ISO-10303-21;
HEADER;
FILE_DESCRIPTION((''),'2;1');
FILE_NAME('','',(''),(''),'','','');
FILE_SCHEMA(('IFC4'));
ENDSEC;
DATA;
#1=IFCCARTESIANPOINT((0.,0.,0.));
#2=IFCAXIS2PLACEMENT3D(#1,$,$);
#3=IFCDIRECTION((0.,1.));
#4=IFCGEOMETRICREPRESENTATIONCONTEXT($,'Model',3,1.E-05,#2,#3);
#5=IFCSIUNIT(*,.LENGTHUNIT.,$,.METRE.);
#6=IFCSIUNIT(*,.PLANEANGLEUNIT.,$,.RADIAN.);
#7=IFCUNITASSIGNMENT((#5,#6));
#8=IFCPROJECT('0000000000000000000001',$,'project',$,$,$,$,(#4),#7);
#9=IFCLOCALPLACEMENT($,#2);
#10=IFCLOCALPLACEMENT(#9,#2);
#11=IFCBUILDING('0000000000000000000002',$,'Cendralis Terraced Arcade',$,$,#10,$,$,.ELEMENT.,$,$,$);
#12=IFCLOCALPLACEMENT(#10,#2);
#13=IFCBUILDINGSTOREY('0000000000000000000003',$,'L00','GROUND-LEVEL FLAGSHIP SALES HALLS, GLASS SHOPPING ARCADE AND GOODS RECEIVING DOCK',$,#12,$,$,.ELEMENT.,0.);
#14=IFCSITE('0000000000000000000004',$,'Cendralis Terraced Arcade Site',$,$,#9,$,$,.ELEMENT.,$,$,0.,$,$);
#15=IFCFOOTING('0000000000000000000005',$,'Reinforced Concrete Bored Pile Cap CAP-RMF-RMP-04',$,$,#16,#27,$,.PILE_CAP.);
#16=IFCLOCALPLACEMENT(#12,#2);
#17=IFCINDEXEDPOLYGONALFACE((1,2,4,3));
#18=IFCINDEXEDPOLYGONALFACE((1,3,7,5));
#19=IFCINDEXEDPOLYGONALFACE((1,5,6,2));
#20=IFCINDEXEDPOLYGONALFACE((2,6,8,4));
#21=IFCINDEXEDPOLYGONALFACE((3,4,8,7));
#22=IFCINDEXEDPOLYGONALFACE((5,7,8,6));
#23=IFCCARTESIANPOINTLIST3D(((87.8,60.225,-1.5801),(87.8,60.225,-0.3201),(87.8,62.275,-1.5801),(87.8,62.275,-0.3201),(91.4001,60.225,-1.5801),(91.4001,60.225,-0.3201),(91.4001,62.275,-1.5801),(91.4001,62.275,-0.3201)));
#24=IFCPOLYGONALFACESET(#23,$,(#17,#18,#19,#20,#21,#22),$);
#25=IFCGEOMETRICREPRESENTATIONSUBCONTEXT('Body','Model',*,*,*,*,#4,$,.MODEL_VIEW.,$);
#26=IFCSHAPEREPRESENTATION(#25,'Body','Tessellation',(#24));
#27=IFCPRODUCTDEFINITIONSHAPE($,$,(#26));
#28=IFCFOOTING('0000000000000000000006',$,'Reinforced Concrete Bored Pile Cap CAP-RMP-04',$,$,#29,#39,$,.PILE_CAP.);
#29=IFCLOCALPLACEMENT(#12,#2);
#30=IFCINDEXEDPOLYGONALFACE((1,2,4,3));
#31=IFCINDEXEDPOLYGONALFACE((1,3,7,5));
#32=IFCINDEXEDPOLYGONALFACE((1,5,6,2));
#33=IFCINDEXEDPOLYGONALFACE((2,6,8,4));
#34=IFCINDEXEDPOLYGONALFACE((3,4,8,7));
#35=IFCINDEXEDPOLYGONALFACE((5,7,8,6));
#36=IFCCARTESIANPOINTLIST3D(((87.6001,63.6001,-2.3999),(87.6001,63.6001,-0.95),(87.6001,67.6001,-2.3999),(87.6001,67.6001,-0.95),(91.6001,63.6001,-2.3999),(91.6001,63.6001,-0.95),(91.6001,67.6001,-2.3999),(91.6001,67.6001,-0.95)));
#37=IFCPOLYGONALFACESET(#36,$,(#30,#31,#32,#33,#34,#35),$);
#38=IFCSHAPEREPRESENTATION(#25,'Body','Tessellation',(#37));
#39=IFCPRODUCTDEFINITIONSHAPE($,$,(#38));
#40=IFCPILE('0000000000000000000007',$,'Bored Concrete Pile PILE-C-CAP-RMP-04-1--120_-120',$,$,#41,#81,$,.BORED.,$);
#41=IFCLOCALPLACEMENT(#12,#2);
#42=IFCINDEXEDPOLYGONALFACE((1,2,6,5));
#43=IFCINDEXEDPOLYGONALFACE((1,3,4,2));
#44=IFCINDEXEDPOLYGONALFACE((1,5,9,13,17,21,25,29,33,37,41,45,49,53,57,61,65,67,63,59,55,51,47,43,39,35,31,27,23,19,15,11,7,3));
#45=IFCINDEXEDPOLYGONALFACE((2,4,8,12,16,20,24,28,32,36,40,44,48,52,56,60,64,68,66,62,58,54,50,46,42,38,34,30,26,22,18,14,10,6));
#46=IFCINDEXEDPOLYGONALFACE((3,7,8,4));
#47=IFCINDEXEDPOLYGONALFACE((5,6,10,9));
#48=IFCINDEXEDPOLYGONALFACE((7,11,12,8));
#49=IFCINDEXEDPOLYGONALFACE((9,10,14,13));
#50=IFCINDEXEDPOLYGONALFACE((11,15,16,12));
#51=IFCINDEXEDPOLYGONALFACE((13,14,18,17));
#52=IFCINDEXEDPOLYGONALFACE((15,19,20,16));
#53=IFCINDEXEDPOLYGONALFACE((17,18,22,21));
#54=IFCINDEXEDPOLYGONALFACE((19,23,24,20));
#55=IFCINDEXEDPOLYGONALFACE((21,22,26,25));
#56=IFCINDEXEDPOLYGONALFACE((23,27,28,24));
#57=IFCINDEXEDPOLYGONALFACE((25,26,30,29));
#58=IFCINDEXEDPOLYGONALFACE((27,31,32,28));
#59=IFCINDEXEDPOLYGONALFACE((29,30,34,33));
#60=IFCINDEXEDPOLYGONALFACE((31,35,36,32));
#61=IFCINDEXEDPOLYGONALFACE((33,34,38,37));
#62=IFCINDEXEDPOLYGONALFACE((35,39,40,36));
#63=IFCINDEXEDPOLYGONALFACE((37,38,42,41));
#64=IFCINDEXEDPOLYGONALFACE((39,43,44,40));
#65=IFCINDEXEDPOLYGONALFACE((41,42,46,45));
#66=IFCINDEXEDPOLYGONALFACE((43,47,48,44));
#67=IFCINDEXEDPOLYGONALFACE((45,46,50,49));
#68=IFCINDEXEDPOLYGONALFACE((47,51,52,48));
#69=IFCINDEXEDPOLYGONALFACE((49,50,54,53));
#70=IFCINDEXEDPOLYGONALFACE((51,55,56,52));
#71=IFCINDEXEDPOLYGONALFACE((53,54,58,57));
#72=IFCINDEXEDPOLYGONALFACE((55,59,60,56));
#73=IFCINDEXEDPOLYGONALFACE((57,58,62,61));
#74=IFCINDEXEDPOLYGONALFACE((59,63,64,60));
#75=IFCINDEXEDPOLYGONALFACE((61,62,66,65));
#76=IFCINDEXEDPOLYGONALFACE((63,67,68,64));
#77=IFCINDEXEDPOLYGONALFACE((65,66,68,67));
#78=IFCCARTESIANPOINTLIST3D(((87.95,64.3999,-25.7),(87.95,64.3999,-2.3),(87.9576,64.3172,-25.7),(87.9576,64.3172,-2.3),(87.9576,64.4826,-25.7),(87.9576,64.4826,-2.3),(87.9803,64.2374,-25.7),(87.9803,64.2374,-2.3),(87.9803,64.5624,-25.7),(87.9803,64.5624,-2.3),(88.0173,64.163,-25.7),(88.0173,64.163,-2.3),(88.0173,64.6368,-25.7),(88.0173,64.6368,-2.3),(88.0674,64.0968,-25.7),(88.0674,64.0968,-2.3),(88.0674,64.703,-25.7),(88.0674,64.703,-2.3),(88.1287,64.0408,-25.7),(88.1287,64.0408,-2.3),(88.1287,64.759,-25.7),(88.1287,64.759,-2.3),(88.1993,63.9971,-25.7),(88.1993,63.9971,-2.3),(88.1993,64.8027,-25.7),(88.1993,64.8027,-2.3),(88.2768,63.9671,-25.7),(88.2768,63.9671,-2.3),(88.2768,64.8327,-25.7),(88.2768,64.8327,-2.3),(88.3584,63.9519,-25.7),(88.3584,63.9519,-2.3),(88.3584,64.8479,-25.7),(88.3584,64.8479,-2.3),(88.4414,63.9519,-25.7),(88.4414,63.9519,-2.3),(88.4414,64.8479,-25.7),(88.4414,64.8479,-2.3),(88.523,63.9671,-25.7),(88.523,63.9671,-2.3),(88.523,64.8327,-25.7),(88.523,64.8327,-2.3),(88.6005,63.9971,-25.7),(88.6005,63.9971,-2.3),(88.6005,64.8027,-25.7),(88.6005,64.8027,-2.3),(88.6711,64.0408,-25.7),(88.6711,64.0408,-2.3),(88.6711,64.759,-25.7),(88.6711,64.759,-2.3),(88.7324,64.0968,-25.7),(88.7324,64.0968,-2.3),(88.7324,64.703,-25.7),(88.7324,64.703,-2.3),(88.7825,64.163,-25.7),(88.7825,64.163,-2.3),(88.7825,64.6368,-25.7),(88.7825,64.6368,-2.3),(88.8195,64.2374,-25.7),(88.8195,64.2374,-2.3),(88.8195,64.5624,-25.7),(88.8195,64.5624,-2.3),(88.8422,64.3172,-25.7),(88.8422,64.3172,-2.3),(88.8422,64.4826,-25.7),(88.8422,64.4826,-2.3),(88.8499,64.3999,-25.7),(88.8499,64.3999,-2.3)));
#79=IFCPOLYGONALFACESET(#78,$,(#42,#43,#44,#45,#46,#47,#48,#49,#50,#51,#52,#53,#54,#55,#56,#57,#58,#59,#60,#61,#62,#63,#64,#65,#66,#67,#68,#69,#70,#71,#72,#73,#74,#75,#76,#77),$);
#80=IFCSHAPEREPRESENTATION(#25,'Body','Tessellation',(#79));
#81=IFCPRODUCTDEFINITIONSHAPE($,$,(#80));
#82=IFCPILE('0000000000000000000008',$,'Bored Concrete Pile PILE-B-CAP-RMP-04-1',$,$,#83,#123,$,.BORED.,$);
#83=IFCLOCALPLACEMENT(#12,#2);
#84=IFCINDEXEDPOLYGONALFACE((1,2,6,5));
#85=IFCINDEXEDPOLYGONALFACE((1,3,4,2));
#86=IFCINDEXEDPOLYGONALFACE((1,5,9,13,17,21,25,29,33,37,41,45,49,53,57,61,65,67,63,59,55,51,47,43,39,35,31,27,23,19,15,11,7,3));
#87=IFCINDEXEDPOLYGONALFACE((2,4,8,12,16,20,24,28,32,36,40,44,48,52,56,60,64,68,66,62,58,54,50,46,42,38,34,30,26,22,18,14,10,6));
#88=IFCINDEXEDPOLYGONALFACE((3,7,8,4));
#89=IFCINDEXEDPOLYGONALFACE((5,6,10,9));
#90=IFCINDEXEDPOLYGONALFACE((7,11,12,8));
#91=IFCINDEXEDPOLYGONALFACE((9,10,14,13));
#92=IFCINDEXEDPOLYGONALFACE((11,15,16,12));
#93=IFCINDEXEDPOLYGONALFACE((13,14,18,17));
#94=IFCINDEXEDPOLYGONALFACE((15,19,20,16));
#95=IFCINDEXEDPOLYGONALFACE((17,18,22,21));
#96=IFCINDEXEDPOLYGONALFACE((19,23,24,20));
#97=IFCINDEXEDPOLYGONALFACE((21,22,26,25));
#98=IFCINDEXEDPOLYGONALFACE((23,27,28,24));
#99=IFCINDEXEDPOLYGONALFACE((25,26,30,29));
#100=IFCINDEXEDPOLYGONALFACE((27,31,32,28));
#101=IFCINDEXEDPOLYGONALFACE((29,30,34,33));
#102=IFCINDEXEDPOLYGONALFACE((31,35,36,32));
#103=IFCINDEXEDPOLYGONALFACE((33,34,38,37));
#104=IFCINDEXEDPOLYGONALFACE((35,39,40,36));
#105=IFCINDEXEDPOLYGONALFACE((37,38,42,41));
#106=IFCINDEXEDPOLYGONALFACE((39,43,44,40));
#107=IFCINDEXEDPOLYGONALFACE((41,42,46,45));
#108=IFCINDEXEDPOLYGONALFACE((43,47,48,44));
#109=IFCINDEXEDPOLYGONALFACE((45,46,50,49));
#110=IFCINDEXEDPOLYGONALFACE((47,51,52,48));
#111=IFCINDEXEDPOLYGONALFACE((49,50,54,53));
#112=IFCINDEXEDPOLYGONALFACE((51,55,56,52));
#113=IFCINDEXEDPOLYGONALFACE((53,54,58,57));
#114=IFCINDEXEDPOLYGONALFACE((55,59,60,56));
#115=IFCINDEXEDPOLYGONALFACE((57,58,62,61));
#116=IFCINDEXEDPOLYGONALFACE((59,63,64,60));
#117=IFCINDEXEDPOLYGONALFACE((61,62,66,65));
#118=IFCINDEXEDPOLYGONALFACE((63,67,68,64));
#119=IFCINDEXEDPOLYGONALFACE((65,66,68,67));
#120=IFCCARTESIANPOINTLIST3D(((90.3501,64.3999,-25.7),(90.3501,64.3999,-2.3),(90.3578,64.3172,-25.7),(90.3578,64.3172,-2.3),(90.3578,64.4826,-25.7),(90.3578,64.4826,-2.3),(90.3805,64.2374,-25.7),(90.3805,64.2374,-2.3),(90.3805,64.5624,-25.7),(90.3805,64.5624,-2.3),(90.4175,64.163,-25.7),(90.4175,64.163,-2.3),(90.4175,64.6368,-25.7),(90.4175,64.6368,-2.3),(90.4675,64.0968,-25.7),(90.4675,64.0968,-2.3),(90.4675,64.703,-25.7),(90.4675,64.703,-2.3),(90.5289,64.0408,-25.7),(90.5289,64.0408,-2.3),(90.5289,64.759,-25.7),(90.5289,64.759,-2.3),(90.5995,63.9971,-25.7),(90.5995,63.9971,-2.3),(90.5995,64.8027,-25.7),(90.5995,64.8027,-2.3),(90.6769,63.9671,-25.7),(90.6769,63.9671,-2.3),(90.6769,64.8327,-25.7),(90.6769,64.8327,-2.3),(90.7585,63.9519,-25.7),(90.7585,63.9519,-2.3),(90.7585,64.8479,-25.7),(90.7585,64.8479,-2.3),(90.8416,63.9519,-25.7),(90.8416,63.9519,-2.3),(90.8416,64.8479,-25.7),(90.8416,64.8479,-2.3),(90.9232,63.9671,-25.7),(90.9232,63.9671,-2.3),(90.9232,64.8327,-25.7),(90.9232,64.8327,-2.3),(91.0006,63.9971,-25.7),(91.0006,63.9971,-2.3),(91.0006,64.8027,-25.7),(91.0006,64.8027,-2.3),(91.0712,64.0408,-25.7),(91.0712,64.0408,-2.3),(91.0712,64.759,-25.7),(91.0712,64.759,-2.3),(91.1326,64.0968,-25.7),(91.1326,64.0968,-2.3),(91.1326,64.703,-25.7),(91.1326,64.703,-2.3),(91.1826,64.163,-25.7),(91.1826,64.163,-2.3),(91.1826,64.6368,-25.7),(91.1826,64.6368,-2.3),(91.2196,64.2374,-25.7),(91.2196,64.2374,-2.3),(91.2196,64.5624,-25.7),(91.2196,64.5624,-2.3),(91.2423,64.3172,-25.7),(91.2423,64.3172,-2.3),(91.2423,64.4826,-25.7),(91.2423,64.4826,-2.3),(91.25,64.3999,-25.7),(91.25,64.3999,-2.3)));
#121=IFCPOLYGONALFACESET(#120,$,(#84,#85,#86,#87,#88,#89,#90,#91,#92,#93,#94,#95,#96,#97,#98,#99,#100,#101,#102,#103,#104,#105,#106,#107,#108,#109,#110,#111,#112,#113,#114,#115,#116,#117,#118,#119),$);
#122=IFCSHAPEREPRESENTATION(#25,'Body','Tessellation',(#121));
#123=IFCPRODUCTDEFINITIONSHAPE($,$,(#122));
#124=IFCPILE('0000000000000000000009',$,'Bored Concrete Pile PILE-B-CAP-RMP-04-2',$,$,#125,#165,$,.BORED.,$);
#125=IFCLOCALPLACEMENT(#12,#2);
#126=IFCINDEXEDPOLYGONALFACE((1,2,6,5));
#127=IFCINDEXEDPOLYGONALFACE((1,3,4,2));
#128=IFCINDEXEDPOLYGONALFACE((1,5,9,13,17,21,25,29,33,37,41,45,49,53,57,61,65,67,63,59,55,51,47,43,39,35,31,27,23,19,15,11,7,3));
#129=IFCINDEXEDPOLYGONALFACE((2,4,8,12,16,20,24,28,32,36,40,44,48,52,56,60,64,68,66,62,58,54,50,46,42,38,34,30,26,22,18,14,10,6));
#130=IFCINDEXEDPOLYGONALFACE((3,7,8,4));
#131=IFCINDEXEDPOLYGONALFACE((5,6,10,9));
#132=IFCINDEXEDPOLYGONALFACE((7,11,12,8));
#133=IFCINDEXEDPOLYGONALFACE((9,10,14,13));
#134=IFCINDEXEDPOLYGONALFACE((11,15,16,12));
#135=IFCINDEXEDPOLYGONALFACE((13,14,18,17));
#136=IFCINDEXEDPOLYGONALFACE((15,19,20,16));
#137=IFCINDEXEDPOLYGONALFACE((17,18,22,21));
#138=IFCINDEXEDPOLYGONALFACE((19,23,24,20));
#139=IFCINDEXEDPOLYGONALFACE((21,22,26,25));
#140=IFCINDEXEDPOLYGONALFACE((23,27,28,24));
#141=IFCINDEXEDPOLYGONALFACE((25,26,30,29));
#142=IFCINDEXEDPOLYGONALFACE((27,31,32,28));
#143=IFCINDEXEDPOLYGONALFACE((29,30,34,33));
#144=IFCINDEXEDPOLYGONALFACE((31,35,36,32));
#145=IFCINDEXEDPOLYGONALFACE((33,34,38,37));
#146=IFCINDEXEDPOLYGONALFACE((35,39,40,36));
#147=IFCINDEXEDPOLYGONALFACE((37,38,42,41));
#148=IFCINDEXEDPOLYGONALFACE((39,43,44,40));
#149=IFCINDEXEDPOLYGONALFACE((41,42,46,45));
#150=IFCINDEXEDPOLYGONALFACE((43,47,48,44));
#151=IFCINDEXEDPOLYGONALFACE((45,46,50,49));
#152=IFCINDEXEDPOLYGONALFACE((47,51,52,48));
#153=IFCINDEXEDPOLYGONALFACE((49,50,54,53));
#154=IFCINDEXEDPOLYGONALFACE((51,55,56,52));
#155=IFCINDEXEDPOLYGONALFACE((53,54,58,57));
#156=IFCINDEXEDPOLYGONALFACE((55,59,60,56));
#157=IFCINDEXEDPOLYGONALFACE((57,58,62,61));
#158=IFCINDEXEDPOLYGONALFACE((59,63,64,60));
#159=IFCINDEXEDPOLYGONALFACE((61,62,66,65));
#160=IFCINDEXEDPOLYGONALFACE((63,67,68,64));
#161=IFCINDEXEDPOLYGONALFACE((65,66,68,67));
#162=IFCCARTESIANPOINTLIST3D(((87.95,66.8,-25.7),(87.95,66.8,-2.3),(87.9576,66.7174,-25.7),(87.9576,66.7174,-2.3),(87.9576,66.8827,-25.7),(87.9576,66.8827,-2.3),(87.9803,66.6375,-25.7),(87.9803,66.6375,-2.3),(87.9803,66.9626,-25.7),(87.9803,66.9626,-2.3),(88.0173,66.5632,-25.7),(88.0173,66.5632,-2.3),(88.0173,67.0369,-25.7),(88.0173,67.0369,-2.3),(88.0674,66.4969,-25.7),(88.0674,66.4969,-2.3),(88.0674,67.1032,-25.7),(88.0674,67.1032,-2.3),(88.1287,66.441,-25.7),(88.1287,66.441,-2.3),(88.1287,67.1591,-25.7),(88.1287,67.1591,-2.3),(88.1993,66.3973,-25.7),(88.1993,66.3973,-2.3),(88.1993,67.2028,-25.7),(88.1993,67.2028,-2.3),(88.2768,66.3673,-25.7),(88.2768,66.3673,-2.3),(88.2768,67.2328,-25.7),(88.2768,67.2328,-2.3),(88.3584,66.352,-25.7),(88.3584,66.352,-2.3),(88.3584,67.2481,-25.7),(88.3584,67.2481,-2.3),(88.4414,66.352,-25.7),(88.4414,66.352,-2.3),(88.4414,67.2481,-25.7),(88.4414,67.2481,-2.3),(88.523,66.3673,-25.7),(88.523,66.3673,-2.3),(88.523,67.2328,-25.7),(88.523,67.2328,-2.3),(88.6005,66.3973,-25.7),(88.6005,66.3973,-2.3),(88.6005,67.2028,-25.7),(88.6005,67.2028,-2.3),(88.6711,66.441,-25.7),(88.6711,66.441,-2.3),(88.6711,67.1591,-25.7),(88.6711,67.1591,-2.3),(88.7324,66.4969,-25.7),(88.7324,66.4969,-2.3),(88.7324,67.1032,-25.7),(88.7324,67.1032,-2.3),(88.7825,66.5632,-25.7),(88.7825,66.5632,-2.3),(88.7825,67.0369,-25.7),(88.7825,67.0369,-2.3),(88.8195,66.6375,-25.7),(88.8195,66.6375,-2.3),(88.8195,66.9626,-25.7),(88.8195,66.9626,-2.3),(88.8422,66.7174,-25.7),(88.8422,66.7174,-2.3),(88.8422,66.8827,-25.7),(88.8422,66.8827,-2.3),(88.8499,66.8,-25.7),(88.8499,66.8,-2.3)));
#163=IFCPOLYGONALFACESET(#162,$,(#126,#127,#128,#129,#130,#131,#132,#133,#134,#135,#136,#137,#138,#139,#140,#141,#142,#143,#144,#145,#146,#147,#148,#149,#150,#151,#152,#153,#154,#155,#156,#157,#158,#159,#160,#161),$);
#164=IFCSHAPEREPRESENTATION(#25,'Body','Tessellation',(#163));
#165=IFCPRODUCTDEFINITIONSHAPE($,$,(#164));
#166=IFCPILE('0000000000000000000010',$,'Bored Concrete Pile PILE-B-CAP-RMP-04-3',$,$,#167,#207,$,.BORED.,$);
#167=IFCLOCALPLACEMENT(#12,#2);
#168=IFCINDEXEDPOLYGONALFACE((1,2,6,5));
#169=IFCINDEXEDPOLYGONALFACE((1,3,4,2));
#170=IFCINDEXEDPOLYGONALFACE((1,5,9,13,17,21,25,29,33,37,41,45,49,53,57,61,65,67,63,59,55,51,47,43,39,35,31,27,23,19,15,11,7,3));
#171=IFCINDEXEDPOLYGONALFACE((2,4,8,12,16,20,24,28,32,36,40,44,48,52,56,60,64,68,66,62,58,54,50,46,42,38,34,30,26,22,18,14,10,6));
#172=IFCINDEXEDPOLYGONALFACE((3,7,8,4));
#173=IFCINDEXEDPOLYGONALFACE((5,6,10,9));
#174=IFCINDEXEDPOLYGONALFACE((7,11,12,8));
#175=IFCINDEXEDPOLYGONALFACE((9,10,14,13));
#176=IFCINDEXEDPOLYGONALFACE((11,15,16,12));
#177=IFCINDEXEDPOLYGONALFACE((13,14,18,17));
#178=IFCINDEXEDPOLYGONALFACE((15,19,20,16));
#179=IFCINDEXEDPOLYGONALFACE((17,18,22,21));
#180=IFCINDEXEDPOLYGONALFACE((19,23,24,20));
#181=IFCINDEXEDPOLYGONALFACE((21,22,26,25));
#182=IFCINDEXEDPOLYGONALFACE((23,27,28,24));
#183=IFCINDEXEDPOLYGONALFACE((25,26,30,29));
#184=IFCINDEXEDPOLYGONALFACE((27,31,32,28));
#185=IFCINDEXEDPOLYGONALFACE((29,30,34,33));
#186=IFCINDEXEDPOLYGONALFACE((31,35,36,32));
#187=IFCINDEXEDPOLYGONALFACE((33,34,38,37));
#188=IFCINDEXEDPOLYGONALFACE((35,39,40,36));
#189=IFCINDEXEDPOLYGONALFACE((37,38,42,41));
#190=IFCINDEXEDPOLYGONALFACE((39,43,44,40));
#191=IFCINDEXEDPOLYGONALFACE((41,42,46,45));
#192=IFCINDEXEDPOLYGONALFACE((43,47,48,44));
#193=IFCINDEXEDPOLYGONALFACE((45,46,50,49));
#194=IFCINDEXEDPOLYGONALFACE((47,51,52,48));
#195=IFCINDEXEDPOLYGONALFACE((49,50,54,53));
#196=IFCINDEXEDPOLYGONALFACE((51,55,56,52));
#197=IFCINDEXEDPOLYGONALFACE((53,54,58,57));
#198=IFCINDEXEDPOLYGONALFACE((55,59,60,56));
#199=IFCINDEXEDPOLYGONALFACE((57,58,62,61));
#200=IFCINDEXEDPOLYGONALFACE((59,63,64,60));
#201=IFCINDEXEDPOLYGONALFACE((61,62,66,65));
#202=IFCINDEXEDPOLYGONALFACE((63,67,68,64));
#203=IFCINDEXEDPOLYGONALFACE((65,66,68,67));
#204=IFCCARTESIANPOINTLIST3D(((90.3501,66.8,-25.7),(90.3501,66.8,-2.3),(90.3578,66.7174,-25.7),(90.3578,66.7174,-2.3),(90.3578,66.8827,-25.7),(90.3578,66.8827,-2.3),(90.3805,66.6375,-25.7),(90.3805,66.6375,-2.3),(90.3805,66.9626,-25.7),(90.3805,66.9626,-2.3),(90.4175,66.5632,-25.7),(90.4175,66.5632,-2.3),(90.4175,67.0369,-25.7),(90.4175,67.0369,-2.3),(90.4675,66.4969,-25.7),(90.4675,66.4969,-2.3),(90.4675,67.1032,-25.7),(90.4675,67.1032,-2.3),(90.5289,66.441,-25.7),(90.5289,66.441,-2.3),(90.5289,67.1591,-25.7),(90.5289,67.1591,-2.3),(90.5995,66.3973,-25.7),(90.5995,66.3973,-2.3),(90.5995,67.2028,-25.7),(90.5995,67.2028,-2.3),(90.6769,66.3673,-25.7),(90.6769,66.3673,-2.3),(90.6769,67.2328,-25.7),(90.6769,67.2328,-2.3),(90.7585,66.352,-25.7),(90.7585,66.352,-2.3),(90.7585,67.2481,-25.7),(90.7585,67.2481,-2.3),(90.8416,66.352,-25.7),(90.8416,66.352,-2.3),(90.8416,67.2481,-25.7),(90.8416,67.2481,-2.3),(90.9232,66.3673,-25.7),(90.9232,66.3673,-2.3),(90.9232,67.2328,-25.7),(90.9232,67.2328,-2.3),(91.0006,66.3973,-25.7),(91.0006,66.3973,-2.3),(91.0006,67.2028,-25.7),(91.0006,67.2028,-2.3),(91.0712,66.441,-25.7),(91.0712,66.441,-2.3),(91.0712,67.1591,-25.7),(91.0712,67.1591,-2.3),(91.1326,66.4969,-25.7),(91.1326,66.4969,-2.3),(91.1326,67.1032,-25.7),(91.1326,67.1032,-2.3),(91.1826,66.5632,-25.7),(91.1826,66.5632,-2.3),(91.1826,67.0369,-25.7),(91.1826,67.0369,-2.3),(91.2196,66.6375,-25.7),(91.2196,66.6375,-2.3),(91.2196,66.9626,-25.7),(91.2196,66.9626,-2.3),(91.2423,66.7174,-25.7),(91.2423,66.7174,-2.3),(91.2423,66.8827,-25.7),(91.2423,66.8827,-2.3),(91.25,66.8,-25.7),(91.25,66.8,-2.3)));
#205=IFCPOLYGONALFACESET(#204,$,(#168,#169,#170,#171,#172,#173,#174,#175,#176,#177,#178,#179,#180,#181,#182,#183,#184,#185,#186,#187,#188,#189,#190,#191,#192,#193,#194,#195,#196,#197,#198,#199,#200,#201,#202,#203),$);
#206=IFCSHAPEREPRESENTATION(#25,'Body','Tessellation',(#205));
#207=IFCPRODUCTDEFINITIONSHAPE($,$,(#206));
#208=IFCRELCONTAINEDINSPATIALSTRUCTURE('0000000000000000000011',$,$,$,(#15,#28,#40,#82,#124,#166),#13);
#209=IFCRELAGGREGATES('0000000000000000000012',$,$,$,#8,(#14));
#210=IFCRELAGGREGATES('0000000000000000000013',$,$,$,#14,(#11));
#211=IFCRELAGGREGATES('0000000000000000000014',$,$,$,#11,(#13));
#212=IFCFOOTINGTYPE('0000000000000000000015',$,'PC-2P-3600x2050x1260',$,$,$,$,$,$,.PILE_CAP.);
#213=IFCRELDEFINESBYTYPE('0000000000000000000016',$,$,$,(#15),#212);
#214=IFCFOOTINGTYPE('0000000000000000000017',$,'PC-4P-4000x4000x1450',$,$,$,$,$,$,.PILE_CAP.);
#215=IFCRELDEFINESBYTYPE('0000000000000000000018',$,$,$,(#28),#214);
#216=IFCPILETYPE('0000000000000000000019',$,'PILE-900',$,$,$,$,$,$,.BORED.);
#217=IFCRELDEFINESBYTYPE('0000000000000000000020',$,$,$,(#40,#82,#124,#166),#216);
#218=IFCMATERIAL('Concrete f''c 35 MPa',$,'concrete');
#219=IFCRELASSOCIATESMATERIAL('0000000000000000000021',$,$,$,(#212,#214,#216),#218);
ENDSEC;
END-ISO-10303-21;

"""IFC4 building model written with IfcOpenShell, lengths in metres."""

from ifc_helpers import new_model, si_unit, direction, frame, origin, origin_2d, place, context, subcontext, project, spatial, rectangle, circle, extrude, material, material_profile, profile_set, type_object, element, save


model = new_model("IFC4")

# Units and contexts
model_context = context("Model", 3, precision=1e-05, world=origin(), true_north=direction((0.0, 1.0)))
body_context = subcontext(model_context, "Body", "Model", "MODEL_VIEW")
ifc_project = project(units=[si_unit("LENGTHUNIT", "METRE"), si_unit("PLANEANGLEUNIT", "RADIAN")], contexts=[model_context])

# Site, building, storey
site_placement = place(None, origin())
site = spatial("IfcSite", under=ifc_project, at=site_placement, Name="Cendralis Terraced Arcade Site", CompositionType="ELEMENT", RefElevation=0.0)
building_placement = place(site_placement, origin())
building = spatial("IfcBuilding", under=site, at=building_placement, Name="Cendralis Terraced Arcade", CompositionType="ELEMENT")
storey_placement = place(building_placement, origin())
storey = spatial("IfcBuildingStorey", under=building, at=storey_placement, Name="L00", Description="GROUND-LEVEL FLAGSHIP SALES HALLS, GLASS SHOPPING ARCADE AND GOODS RECEIVING DOCK", CompositionType="ELEMENT", Elevation=0.0)

# Footings
ifc_material_1 = material(Name="Concrete f'c 35 MPa", Category="concrete")
footing_type_1 = type_object("IfcFootingType", Name="PC-2P-3600x2050x1260", PredefinedType="PILE_CAP", material=ifc_material_1)
footing_1_placement = place(storey_placement, frame((89.6001, 61.25, -1.5801), z_axis=(0.0, 0.0, 1.0), x_axis=(1.0, 0.0, 0.0)))
element("IfcFooting", 1, at=footing_1_placement, inside=storey, type_object=footing_type_1, Name="Reinforced Concrete Bored Pile Cap CAP-RMF-RMP-04", PredefinedType="PILE_CAP", context=body_context, shape_type="SweptSolid", body=[
    extrude(rectangle(XDim=3.6001, YDim=2.05, at=origin_2d()), origin(), (0.0, 0.0, 1.0), 1.26),
])
footing_type_2 = type_object("IfcFootingType", Name="PC-4P-4000x4000x1450", PredefinedType="PILE_CAP", material=ifc_material_1)
footing_2_placement = place(storey_placement, frame((89.6001, 65.6001, -2.3999), z_axis=(0.0, 0.0, 1.0), x_axis=(1.0, 0.0, 0.0)))
element("IfcFooting", 2, at=footing_2_placement, inside=storey, type_object=footing_type_2, Name="Reinforced Concrete Bored Pile Cap CAP-RMP-04", PredefinedType="PILE_CAP", context=body_context, shape_type="SweptSolid", body=[
    extrude(rectangle(XDim=4.0, YDim=4.0, at=origin_2d()), origin(), (0.0, 0.0, 1.0), 1.45),
])

# Piles
ifc_material_profile_1 = material_profile(ifc_material_1, circle(Radius=0.45, at=origin_2d()), Name="PILE-D900", Category="LoadBearing")
ifc_profile_set_1 = profile_set([ifc_material_profile_1], Name="Concrete f'c 35 MPa")
pile_type = type_object("IfcPileType", Name="PILE-900", PredefinedType="BORED", material=ifc_profile_set_1)
for number, where, z_axis, x_axis, name in (
    (3, (88.3999, 64.3999, -2.3), (0.0, 0.0, -1.0), (1.0, 0.0, 0.0), "Bored Concrete Pile PILE-C-CAP-RMP-04-1--120_-120"),
    (4, (90.8, 64.3999, -2.3), (0.0, 0.0, -1.0), (1.0, 0.0, 0.0), "Bored Concrete Pile PILE-B-CAP-RMP-04-1"),
    (5, (88.3999, 66.8, -2.3), (0.0, 0.0, -1.0), (1.0, 0.0, 0.0), "Bored Concrete Pile PILE-B-CAP-RMP-04-2"),
    (6, (90.8, 66.8, -2.3), (0.0, 0.0, -1.0), (1.0, 0.0, 0.0), "Bored Concrete Pile PILE-B-CAP-RMP-04-3"),
):
    element("IfcPile", number, at=place(storey_placement, frame(where, z_axis=z_axis, x_axis=x_axis)), inside=storey, type_object=pile_type, Name=name, PredefinedType="BORED", context=body_context, shape_type="SweptSolid", body=[
        extrude(circle(Radius=0.45, at=origin_2d()), origin(), (0.0, 0.0, 1.0), 23.3999),
    ])

save(model, "model.ifc")
